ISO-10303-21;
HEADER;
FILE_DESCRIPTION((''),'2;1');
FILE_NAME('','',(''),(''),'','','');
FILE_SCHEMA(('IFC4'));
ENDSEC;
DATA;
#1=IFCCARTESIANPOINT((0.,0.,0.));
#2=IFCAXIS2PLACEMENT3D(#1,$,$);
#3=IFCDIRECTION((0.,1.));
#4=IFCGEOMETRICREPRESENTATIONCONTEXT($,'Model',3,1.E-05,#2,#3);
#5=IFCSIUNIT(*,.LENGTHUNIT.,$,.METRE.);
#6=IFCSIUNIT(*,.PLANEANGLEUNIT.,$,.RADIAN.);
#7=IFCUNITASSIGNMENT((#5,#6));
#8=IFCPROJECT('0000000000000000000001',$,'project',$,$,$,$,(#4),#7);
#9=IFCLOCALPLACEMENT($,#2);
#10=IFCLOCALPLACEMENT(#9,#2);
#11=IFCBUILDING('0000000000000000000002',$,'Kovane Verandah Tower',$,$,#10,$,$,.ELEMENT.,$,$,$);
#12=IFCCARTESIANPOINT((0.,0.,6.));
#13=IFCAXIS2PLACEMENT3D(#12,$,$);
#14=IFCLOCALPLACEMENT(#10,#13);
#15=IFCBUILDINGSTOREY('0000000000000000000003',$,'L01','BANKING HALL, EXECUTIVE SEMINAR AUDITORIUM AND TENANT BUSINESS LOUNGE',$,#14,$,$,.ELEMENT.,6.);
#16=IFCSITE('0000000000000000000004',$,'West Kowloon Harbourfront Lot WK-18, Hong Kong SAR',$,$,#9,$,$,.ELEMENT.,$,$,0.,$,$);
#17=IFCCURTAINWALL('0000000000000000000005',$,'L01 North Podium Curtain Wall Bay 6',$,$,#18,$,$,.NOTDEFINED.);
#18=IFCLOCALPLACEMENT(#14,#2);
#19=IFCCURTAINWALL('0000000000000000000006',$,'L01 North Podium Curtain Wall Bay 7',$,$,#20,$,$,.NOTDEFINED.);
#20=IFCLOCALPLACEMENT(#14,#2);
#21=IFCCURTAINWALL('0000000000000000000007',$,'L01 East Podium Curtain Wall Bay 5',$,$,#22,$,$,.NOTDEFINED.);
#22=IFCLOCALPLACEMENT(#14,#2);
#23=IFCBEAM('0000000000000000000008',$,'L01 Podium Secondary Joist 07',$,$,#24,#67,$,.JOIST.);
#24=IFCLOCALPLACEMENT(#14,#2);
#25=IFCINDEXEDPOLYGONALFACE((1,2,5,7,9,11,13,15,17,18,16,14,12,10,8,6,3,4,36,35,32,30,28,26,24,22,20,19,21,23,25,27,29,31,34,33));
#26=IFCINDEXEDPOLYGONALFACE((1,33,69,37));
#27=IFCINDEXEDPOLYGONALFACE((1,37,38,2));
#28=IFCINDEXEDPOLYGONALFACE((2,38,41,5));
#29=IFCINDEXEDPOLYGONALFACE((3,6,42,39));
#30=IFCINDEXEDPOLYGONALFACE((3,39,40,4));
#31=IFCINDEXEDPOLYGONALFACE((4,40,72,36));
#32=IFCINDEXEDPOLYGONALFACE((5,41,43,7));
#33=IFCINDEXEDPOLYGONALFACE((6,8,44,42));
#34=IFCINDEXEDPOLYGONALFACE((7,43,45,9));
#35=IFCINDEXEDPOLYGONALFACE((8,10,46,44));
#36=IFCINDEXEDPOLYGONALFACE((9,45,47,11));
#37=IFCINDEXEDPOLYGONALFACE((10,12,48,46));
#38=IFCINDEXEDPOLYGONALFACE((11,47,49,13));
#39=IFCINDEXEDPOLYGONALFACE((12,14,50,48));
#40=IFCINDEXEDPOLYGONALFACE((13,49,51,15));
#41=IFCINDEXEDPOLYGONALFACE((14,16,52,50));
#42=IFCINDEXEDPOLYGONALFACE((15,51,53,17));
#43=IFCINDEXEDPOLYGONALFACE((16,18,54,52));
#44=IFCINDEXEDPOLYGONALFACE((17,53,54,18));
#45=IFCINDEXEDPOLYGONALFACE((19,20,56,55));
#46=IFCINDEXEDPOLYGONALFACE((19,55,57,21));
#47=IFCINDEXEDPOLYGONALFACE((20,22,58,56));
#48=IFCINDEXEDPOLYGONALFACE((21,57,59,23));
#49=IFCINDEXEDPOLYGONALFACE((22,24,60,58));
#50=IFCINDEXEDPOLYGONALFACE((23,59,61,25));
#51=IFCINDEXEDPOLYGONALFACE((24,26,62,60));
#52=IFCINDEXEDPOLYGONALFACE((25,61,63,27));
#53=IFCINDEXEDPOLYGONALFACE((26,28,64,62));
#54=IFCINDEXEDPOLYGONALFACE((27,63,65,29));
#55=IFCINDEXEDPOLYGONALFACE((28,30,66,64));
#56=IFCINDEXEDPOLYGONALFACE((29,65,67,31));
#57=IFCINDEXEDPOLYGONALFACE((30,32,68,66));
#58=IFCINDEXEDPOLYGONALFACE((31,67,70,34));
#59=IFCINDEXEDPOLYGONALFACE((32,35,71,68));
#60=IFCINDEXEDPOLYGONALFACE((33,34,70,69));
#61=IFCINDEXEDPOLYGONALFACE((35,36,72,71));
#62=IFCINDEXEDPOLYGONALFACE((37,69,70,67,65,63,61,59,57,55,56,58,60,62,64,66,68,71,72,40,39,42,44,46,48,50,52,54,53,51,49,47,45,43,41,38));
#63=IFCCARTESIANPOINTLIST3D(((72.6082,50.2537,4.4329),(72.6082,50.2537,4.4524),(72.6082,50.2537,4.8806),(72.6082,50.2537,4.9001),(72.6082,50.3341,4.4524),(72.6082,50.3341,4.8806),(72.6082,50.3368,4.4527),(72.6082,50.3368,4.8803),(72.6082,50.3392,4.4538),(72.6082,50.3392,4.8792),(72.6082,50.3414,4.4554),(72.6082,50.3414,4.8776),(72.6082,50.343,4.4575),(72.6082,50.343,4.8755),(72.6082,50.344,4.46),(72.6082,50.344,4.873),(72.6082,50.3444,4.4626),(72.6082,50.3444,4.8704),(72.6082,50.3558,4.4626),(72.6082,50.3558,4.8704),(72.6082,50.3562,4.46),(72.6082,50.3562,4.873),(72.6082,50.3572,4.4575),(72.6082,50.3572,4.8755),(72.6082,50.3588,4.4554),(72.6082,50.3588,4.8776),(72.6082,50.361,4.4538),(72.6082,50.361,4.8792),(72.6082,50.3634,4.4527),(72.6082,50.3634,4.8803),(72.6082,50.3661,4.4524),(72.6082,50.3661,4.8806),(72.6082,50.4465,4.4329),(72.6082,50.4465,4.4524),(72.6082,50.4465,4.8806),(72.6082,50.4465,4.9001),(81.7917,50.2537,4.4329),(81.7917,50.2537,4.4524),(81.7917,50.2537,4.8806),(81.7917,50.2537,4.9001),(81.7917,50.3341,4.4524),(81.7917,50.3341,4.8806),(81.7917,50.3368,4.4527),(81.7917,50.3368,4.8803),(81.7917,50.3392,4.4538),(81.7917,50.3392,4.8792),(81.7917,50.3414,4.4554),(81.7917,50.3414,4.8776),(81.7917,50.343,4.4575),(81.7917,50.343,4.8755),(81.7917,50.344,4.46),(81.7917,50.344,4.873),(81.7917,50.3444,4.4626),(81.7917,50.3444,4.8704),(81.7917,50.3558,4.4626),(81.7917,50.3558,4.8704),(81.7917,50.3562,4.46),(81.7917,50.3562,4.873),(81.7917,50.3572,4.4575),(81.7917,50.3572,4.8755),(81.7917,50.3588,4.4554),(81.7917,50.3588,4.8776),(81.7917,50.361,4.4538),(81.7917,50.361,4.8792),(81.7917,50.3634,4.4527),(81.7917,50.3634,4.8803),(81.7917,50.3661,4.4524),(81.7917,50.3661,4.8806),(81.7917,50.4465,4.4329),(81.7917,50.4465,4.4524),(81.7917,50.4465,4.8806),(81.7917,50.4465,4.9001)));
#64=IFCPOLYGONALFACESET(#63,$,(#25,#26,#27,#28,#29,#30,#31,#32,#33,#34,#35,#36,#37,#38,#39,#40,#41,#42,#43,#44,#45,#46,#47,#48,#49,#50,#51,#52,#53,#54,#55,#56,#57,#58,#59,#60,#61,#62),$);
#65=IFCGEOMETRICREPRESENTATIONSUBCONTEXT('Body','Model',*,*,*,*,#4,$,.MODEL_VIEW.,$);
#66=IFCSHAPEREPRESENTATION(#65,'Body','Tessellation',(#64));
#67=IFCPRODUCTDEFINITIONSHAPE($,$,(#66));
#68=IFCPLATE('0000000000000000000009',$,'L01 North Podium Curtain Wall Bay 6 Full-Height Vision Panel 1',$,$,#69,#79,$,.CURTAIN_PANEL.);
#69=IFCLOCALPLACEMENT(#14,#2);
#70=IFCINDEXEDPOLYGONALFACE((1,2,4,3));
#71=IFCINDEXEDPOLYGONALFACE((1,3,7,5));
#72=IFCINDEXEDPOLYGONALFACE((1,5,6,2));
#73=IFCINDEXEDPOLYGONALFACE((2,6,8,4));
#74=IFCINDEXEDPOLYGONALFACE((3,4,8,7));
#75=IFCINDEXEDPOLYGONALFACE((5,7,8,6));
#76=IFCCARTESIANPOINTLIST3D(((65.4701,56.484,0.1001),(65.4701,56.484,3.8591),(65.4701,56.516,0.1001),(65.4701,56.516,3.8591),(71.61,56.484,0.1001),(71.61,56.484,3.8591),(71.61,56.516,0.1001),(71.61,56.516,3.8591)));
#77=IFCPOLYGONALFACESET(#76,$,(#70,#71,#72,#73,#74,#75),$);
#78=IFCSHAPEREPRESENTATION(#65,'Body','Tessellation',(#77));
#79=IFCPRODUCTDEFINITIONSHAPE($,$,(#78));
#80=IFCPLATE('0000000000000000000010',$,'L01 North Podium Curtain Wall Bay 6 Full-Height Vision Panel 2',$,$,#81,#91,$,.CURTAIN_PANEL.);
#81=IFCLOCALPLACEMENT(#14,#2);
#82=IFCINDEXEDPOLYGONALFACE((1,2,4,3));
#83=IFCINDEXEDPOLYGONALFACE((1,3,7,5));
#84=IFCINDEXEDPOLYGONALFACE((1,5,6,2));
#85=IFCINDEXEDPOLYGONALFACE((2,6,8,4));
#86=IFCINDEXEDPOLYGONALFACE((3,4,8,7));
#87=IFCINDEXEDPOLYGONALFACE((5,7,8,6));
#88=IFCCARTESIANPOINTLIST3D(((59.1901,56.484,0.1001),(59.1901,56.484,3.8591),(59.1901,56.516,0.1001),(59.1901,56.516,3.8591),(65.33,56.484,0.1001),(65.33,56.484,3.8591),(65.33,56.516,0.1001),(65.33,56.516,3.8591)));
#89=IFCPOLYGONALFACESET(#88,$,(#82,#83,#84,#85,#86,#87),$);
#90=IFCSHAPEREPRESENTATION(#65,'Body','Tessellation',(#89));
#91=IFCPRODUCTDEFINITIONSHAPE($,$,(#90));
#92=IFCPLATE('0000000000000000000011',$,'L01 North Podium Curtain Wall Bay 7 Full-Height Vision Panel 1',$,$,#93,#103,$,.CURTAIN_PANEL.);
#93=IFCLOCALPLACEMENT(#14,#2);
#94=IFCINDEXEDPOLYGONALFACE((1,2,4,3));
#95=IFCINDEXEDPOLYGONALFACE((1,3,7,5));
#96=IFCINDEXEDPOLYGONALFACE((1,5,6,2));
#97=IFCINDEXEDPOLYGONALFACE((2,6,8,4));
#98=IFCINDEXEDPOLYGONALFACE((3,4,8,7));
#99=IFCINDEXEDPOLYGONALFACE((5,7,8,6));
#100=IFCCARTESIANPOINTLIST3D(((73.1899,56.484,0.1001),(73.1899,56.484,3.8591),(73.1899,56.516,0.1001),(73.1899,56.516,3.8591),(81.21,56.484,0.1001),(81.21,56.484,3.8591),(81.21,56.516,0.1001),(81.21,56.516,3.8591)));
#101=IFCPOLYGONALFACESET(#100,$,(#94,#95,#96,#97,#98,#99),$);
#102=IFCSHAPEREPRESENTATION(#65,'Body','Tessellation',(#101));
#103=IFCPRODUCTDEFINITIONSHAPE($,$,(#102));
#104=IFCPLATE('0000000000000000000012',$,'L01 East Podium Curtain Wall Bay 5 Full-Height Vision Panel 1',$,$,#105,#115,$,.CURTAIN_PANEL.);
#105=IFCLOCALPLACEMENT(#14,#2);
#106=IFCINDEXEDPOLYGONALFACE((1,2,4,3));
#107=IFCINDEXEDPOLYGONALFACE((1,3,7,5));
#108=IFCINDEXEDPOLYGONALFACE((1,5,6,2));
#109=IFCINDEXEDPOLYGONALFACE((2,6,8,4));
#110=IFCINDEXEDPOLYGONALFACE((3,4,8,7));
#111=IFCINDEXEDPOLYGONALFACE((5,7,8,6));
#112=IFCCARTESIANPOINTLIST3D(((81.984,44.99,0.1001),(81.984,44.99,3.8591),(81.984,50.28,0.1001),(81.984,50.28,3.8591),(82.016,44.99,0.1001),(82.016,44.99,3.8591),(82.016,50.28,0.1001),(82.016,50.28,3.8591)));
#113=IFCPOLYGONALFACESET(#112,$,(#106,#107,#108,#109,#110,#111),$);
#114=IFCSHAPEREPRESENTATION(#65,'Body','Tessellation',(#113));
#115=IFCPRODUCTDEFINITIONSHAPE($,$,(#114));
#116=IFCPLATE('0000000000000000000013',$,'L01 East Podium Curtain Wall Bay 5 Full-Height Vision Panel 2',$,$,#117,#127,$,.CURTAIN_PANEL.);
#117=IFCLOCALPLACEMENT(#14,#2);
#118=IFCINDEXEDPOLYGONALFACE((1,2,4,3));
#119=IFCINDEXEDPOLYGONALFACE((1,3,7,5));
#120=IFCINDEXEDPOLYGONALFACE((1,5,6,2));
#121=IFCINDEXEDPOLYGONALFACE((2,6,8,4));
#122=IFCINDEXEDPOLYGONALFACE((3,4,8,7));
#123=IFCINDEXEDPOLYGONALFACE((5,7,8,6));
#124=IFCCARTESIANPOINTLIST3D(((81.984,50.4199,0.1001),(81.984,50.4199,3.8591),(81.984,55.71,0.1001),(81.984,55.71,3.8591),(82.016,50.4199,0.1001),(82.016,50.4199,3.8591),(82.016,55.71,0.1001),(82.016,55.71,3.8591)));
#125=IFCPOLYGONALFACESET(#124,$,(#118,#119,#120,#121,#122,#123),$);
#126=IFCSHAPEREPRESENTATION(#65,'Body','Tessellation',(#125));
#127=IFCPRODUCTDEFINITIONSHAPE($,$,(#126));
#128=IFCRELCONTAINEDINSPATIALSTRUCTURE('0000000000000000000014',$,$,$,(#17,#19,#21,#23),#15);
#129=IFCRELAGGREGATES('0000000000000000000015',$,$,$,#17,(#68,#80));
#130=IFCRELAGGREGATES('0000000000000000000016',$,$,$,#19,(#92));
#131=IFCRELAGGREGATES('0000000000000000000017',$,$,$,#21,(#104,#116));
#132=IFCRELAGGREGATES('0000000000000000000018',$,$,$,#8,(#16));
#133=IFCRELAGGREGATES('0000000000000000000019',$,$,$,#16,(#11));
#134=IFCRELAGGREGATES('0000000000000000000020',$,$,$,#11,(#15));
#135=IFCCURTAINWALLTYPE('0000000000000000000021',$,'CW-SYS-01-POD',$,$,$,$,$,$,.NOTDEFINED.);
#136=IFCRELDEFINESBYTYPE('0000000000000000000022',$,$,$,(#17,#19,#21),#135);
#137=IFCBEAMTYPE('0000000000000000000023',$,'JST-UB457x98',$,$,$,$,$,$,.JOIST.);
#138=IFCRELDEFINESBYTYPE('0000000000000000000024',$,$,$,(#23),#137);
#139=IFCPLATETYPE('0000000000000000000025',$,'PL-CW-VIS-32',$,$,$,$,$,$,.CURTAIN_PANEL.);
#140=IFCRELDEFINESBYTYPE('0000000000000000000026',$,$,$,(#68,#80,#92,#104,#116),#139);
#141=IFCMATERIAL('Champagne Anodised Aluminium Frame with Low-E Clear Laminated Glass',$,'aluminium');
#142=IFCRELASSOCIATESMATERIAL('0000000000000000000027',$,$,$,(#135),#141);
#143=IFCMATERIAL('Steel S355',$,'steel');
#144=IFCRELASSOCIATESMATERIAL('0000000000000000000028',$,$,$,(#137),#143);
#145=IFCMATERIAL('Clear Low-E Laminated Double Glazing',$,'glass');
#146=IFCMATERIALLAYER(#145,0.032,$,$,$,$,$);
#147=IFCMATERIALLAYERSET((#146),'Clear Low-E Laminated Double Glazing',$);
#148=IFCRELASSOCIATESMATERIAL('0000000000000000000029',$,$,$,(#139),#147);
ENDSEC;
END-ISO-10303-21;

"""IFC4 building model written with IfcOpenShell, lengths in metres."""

from ifc_helpers import new_model, si_unit, direction, frame, origin, origin_2d, place, context, subcontext, project, spatial, rectangle, i_section, extrude, material, layer, layer_set, material_profile, profile_set, type_object, element, aggregate, save


model = new_model("IFC4")

# Units and contexts
model_context = context("Model", 3, precision=1e-05, world=origin(), true_north=direction((0.0, 1.0)))
body_context = subcontext(model_context, "Body", "Model", "MODEL_VIEW")
ifc_project = project(units=[si_unit("LENGTHUNIT", "METRE"), si_unit("PLANEANGLEUNIT", "RADIAN")], contexts=[model_context])

# Site, building, storey
site_placement = place(None, origin())
site = spatial("IfcSite", under=ifc_project, at=site_placement, Name="West Kowloon Harbourfront Lot WK-18, Hong Kong SAR", CompositionType="ELEMENT", RefElevation=0.0)
building_placement = place(site_placement, origin())
building = spatial("IfcBuilding", under=site, at=building_placement, Name="Kovane Verandah Tower", CompositionType="ELEMENT")
storey_placement = place(building_placement, frame((0.0, 0.0, 6.0)))
storey = spatial("IfcBuildingStorey", under=building, at=storey_placement, Name="L01", Description="BANKING HALL, EXECUTIVE SEMINAR AUDITORIUM AND TENANT BUSINESS LOUNGE", CompositionType="ELEMENT", Elevation=6.0)

# Curtain walls
ifc_material_1 = material(Name="Champagne Anodised Aluminium Frame with Low-E Clear Laminated Glass", Category="aluminium")
curtain_wall_type = type_object("IfcCurtainWallType", Name="CW-SYS-01-POD", PredefinedType="NOTDEFINED", material=ifc_material_1)
curtain_wall_1_placement = place(storey_placement, origin())
curtain_wall_1 = element("IfcCurtainWall", 1, at=curtain_wall_1_placement, inside=storey, type_object=curtain_wall_type, Name="L01 North Podium Curtain Wall Bay 6", PredefinedType="NOTDEFINED")
curtain_wall_2_placement = place(storey_placement, origin())
curtain_wall_2 = element("IfcCurtainWall", 2, at=curtain_wall_2_placement, inside=storey, type_object=curtain_wall_type, Name="L01 North Podium Curtain Wall Bay 7", PredefinedType="NOTDEFINED")
curtain_wall_3_placement = place(storey_placement, origin())
curtain_wall_3 = element("IfcCurtainWall", 3, at=curtain_wall_3_placement, inside=storey, type_object=curtain_wall_type, Name="L01 East Podium Curtain Wall Bay 5", PredefinedType="NOTDEFINED")

# Beam
ifc_material_2 = material(Name="Steel S355", Category="steel")
ifc_material_profile_1 = material_profile(ifc_material_2, i_section(OverallWidth=0.1929, OverallDepth=0.4673, WebThickness=0.0115, FlangeThickness=0.0195, FilletRadius=0.0103, at=origin_2d()), Name="UB457x191x98")
ifc_profile_set_1 = profile_set([ifc_material_profile_1], Name="Steel S355")
beam_type_1 = type_object("IfcBeamType", Name="JST-UB457x98", PredefinedType="JOIST", material=ifc_profile_set_1)
beam_1_placement = place(storey_placement, frame((72.6082, 50.3501, 4.6665), z_axis=(1.0, 0.0, 0.0), x_axis=(0.0, 1.0, 0.0)))
element("IfcBeam", 4, at=beam_1_placement, inside=storey, type_object=beam_type_1, Name="L01 Podium Secondary Joist 07", PredefinedType="JOIST", context=body_context, shape_type="SweptSolid", body=[
    extrude(i_section(OverallWidth=0.1929, OverallDepth=0.4673, WebThickness=0.0115, FlangeThickness=0.0195, FilletRadius=0.0103, at=origin_2d()), origin(), (0.0, 0.0, 1.0), 9.1836),
])

# Plates
ifc_material_3 = material(Name="Clear Low-E Laminated Double Glazing", Category="glass")
ifc_layer = layer(ifc_material_3, 0.032)
ifc_layer_set = layer_set([ifc_layer], Name="Clear Low-E Laminated Double Glazing")
plate_type = type_object("IfcPlateType", Name="PL-CW-VIS-32", PredefinedType="CURTAIN_PANEL", material=ifc_layer_set)
plate_1_placement = place(storey_placement, frame((68.54, 56.5, 0.1001), z_axis=(0.0, 0.0, 1.0), x_axis=(-1.0, 0.0, 0.0)))
plate_1 = element("IfcPlate", 5, at=plate_1_placement, type_object=plate_type, Name="L01 North Podium Curtain Wall Bay 6 Full-Height Vision Panel 1", PredefinedType="CURTAIN_PANEL", context=body_context, shape_type="SweptSolid", body=[
    extrude(rectangle(XDim=6.1399, YDim=0.032, at=origin_2d()), origin(), (0.0, 0.0, 1.0), 3.759),
])
plate_2_placement = place(storey_placement, frame((62.26, 56.5, 0.1001), z_axis=(0.0, 0.0, 1.0), x_axis=(-1.0, 0.0, 0.0)))
plate_2 = element("IfcPlate", 6, at=plate_2_placement, type_object=plate_type, Name="L01 North Podium Curtain Wall Bay 6 Full-Height Vision Panel 2", PredefinedType="CURTAIN_PANEL", context=body_context, shape_type="SweptSolid", body=[
    extrude(rectangle(XDim=6.1399, YDim=0.032, at=origin_2d()), origin(), (0.0, 0.0, 1.0), 3.759),
])
aggregate(curtain_wall_1, [plate_1, plate_2])
plate_3_placement = place(storey_placement, frame((77.2, 56.5, 0.1001), z_axis=(0.0, 0.0, 1.0), x_axis=(-1.0, 0.0, 0.0)))
plate_3 = element("IfcPlate", 7, at=plate_3_placement, type_object=plate_type, Name="L01 North Podium Curtain Wall Bay 7 Full-Height Vision Panel 1", PredefinedType="CURTAIN_PANEL", context=body_context, shape_type="SweptSolid", body=[
    extrude(rectangle(XDim=8.02, YDim=0.032, at=origin_2d()), origin(), (0.0, 0.0, 1.0), 3.759),
])
aggregate(curtain_wall_2, [plate_3])
plate_4_placement = place(storey_placement, frame((82.0, 47.635, 0.1001), z_axis=(0.0, 0.0, 1.0), x_axis=(0.0, 1.0, 0.0)))
plate_4 = element("IfcPlate", 8, at=plate_4_placement, type_object=plate_type, Name="L01 East Podium Curtain Wall Bay 5 Full-Height Vision Panel 1", PredefinedType="CURTAIN_PANEL", context=body_context, shape_type="SweptSolid", body=[
    extrude(rectangle(XDim=5.29, YDim=0.032, at=origin_2d()), origin(), (0.0, 0.0, 1.0), 3.759),
])
plate_5_placement = place(storey_placement, frame((82.0, 53.0649, 0.1001), z_axis=(0.0, 0.0, 1.0), x_axis=(0.0, 1.0, 0.0)))
plate_5 = element("IfcPlate", 9, at=plate_5_placement, type_object=plate_type, Name="L01 East Podium Curtain Wall Bay 5 Full-Height Vision Panel 2", PredefinedType="CURTAIN_PANEL", context=body_context, shape_type="SweptSolid", body=[
    extrude(rectangle(XDim=5.29, YDim=0.032, at=origin_2d()), origin(), (0.0, 0.0, 1.0), 3.759),
])
aggregate(curtain_wall_3, [plate_4, plate_5])

save(model, "model.ifc")
